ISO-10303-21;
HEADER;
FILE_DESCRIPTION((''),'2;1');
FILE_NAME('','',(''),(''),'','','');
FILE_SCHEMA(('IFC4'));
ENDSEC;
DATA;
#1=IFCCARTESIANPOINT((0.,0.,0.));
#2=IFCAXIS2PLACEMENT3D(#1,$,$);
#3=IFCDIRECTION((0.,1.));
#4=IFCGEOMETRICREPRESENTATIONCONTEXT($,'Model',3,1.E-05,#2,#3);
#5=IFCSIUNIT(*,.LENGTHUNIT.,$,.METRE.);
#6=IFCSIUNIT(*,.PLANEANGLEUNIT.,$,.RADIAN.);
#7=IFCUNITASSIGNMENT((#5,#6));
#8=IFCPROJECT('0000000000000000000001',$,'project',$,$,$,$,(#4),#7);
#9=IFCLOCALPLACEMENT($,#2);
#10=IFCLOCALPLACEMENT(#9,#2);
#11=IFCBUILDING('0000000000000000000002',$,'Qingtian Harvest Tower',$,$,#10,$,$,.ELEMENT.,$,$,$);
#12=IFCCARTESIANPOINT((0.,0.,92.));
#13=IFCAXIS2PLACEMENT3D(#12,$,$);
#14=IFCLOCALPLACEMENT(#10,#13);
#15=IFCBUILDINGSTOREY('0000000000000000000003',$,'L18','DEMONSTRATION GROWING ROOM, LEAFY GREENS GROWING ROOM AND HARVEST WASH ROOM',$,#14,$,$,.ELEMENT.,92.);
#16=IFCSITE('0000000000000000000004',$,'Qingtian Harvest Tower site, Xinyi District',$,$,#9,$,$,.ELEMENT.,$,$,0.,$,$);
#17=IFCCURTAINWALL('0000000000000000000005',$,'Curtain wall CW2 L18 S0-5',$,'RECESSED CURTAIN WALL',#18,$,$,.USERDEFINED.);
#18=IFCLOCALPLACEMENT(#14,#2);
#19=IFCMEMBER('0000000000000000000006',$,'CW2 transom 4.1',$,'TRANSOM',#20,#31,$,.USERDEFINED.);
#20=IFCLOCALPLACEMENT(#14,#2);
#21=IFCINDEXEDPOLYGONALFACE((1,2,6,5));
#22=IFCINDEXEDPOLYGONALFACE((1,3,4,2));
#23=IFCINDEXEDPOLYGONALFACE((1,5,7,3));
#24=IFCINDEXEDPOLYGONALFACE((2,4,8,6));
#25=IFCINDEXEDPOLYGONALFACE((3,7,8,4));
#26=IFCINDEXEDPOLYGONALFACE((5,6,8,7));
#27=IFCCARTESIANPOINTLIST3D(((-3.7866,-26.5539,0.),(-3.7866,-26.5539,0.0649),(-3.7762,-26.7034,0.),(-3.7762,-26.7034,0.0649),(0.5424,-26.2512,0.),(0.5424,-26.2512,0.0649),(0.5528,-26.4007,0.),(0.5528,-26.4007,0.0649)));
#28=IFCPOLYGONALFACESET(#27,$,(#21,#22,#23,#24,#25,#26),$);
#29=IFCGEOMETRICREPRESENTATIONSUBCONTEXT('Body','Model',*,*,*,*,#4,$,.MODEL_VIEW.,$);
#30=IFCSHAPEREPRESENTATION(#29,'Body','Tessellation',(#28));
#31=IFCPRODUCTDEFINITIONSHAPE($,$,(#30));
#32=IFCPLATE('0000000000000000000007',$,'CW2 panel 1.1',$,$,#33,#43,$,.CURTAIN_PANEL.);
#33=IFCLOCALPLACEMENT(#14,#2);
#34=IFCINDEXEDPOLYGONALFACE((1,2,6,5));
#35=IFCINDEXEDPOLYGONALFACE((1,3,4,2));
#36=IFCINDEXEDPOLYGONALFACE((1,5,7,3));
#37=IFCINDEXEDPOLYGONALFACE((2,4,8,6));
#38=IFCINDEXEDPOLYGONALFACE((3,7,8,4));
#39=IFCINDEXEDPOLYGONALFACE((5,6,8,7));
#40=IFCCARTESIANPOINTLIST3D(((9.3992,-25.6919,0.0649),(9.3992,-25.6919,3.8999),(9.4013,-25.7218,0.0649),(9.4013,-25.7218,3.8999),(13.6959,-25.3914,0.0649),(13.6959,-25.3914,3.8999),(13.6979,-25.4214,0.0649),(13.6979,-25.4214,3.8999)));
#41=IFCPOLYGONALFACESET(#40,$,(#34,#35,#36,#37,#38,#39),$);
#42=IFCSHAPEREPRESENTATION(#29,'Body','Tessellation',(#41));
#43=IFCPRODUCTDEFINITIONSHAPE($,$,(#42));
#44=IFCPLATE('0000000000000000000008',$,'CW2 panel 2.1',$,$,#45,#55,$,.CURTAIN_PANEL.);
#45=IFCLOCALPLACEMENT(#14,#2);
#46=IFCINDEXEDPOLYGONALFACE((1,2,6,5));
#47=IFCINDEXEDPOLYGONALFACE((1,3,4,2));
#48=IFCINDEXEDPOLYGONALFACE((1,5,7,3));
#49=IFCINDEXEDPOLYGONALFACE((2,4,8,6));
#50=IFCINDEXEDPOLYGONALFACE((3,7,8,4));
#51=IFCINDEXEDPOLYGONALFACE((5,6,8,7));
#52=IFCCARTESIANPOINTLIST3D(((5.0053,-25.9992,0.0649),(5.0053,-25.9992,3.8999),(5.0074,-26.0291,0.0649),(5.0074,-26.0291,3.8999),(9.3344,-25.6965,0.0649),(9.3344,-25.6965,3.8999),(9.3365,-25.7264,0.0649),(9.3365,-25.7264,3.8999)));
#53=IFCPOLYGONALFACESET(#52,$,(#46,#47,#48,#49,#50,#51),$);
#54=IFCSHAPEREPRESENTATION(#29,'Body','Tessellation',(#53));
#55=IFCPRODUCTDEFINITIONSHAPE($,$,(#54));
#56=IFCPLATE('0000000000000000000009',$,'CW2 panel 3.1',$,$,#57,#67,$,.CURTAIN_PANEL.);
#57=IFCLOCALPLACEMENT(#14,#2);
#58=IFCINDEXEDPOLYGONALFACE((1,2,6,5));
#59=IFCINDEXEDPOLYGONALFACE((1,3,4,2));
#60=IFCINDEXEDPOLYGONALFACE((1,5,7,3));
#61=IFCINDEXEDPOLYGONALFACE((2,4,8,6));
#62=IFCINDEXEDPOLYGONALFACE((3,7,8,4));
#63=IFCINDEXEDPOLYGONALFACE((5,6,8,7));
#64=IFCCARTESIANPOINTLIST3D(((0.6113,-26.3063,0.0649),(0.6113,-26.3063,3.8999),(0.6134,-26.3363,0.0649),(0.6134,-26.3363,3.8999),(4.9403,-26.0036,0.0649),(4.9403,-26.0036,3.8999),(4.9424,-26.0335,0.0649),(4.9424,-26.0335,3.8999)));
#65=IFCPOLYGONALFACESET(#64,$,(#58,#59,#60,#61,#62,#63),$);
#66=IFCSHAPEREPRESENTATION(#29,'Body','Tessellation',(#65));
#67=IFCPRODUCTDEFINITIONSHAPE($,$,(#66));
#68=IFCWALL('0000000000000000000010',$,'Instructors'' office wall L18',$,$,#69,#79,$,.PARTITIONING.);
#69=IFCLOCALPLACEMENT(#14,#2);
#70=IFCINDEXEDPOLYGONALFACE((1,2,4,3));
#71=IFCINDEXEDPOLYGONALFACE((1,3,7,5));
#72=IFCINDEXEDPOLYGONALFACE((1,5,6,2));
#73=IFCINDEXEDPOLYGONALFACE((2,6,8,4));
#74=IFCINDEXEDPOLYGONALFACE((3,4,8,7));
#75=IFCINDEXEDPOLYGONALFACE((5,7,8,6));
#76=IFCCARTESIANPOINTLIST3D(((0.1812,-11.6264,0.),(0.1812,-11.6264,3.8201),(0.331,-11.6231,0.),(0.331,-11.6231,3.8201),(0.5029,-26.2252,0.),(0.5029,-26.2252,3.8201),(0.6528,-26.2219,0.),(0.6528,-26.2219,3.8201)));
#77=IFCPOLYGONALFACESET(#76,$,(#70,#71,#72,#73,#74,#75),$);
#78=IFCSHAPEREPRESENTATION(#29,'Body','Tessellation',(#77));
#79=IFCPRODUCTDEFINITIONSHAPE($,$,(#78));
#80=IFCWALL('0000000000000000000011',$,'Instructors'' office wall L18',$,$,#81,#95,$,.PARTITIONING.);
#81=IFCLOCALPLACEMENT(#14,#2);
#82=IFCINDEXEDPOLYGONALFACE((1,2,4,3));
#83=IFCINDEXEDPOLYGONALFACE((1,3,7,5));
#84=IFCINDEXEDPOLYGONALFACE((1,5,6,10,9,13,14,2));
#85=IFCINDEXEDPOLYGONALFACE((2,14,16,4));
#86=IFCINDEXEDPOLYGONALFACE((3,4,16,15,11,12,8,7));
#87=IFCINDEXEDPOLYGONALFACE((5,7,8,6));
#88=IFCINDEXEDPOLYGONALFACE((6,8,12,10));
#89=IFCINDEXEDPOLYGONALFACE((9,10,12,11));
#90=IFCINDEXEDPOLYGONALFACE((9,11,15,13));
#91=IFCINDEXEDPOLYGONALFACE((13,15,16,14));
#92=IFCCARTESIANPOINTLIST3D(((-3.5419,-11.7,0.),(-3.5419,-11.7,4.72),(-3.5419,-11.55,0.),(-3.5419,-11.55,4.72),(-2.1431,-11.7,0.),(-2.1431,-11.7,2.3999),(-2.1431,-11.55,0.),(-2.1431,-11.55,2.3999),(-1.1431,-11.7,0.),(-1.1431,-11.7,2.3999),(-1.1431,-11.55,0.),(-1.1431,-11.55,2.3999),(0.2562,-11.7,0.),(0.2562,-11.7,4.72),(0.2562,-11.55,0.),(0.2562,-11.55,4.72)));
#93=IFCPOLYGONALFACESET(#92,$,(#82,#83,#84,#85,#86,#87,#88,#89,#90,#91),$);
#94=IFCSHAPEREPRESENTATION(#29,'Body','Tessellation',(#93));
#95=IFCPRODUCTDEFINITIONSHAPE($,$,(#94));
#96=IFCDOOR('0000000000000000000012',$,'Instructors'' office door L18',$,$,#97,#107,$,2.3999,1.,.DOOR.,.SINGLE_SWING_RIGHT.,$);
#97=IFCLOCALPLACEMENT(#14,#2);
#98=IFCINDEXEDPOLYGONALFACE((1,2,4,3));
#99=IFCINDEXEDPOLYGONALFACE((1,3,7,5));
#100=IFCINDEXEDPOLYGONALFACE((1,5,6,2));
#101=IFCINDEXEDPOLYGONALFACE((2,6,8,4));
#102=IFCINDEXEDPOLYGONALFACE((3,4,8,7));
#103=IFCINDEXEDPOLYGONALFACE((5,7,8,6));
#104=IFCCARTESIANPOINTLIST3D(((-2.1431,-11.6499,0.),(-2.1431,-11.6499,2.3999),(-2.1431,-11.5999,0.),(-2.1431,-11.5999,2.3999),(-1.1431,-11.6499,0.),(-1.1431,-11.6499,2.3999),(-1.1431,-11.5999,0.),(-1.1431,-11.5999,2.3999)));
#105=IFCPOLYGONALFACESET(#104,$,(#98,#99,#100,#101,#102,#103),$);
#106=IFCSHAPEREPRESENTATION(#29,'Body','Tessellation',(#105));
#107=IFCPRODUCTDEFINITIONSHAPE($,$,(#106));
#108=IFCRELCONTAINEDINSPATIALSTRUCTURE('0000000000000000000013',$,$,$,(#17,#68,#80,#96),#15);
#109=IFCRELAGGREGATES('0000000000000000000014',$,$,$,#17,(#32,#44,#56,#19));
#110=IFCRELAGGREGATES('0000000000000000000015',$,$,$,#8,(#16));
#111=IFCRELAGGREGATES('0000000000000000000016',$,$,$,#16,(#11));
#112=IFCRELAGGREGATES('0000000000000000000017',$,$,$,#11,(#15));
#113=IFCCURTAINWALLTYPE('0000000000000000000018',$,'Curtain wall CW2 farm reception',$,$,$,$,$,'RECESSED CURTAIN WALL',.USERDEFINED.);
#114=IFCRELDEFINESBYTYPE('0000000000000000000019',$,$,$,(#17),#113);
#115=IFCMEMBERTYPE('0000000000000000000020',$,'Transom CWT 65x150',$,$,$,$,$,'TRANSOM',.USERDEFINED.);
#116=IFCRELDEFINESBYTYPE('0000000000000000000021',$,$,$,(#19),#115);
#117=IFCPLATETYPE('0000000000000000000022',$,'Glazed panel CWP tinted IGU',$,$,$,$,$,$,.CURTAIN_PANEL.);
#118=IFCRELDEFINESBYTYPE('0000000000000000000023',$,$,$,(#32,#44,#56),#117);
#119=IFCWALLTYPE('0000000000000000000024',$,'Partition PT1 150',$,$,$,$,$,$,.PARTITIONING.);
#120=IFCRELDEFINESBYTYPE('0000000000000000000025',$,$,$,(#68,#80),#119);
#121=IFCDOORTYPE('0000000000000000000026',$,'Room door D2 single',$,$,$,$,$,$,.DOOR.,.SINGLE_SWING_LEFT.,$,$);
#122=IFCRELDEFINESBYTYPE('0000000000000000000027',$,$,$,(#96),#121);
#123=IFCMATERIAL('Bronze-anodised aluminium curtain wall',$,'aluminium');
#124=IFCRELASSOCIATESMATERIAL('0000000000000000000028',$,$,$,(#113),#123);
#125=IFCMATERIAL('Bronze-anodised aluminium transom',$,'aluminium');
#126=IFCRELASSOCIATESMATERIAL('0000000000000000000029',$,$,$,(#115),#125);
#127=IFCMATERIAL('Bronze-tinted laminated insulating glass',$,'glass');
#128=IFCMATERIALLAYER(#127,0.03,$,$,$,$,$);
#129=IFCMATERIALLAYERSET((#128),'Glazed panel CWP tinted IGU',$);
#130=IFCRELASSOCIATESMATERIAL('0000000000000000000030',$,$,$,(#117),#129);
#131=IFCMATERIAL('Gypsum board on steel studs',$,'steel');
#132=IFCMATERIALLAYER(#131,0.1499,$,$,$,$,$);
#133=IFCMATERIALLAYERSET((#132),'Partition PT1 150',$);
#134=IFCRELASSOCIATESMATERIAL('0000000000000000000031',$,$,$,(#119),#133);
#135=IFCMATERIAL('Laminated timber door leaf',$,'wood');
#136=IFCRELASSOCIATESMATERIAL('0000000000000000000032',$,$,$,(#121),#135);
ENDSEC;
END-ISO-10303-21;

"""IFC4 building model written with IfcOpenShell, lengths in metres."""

from ifc_helpers import new_model, si_unit, direction, frame, frame_2d, origin, origin_2d, place, context, subcontext, project, spatial, rectangle, extrude, material, layer, layer_set, material_profile, profile_set, type_object, element, fill, aggregate, save


model = new_model("IFC4")

# Units and contexts
model_context = context("Model", 3, precision=1e-05, world=origin(), true_north=direction((0.0, 1.0)))
body_context = subcontext(model_context, "Body", "Model", "MODEL_VIEW")
ifc_project = project(units=[si_unit("LENGTHUNIT", "METRE"), si_unit("PLANEANGLEUNIT", "RADIAN")], contexts=[model_context])

# Site, building, storey
site_placement = place(None, origin())
site = spatial("IfcSite", under=ifc_project, at=site_placement, Name="Qingtian Harvest Tower site, Xinyi District", CompositionType="ELEMENT", RefElevation=0.0)
building_placement = place(site_placement, origin())
building = spatial("IfcBuilding", under=site, at=building_placement, Name="Qingtian Harvest Tower", CompositionType="ELEMENT")
storey_placement = place(building_placement, frame((0.0, 0.0, 92.0)))
storey = spatial("IfcBuildingStorey", under=building, at=storey_placement, Name="L18", Description="DEMONSTRATION GROWING ROOM, LEAFY GREENS GROWING ROOM AND HARVEST WASH ROOM", CompositionType="ELEMENT", Elevation=92.0)

# Shared definitions
ifc_material_1 = material(Name="Bronze-anodised aluminium curtain wall", Category="aluminium")
curtain_wall_type = type_object("IfcCurtainWallType", Name="Curtain wall CW2 farm reception", ElementType="RECESSED CURTAIN WALL", PredefinedType="USERDEFINED", material=ifc_material_1)

# Curtain wall
curtain_wall_1_placement = place(storey_placement, origin())
curtain_wall_1 = element("IfcCurtainWall", 1, at=curtain_wall_1_placement, inside=storey, type_object=curtain_wall_type, Name="Curtain wall CW2 L18 S0-5", ObjectType="RECESSED CURTAIN WALL", PredefinedType="USERDEFINED")

# Member
ifc_material_2 = material(Name="Bronze-anodised aluminium transom", Category="aluminium")
ifc_material_profile_1 = material_profile(ifc_material_2, rectangle(XDim=0.1499, YDim=0.0649, at=origin_2d()), Name="AL 65x150")
ifc_profile_set_1 = profile_set([ifc_material_profile_1], Name="Bronze-anodised aluminium transom")
member_type_1 = type_object("IfcMemberType", Name="Transom CWT 65x150", ElementType="TRANSOM", PredefinedType="USERDEFINED", material=ifc_profile_set_1)
member_1_placement = place(storey_placement, frame((0.5476, -26.3259, 0.0325), z_axis=(-0.997564, -0.06976, 0.0), x_axis=(0.06976, -0.997564, 0.0)))
member_1 = element("IfcMember", 2, at=member_1_placement, type_object=member_type_1, Name="CW2 transom 4.1", ObjectType="TRANSOM", PredefinedType="USERDEFINED", context=body_context, shape_type="SweptSolid", body=[
    extrude(rectangle(XDim=0.1499, YDim=0.0649, at=origin_2d()), origin(), (0.0, 0.0, 1.0), 4.3396),
])

# Plates
ifc_material_3 = material(Name="Bronze-tinted laminated insulating glass", Category="glass")
ifc_layer_1 = layer(ifc_material_3, 0.03)
ifc_layer_set_1 = layer_set([ifc_layer_1], Name="Glazed panel CWP tinted IGU")
plate_type = type_object("IfcPlateType", Name="Glazed panel CWP tinted IGU", PredefinedType="CURTAIN_PANEL", material=ifc_layer_set_1)
plate_1_placement = place(storey_placement, frame((11.5486, -25.5566, 0.0649), z_axis=(0.0, 0.0, 1.0), x_axis=(-0.997564, -0.069756, 0.0)))
plate_1 = element("IfcPlate", 3, at=plate_1_placement, type_object=plate_type, Name="CW2 panel 1.1", PredefinedType="CURTAIN_PANEL", context=body_context, shape_type="SweptSolid", body=[
    extrude(rectangle(XDim=4.3071, YDim=0.03, at=origin_2d()), origin(), (0.0, 0.0, 1.0), 3.835),
])
plate_2_placement = place(storey_placement, frame((7.1709, -25.8628, 0.0649), z_axis=(0.0, 0.0, 1.0), x_axis=(-0.997564, -0.069756, 0.0)))
plate_2 = element("IfcPlate", 4, at=plate_2_placement, type_object=plate_type, Name="CW2 panel 2.1", PredefinedType="CURTAIN_PANEL", context=body_context, shape_type="SweptSolid", body=[
    extrude(rectangle(XDim=4.3396, YDim=0.03, at=origin_2d()), origin(), (0.0, 0.0, 1.0), 3.835),
])
plate_3_placement = place(storey_placement, frame((2.7769, -26.1699, 0.0649), z_axis=(0.0, 0.0, 1.0), x_axis=(-0.997564, -0.069756, 0.0)))
plate_3 = element("IfcPlate", 5, at=plate_3_placement, type_object=plate_type, Name="CW2 panel 3.1", PredefinedType="CURTAIN_PANEL", context=body_context, shape_type="SweptSolid", body=[
    extrude(rectangle(XDim=4.3396, YDim=0.03, at=origin_2d()), origin(), (0.0, 0.0, 1.0), 3.835),
])
aggregate(curtain_wall_1, [plate_1, plate_2, plate_3, member_1])

# Wall
ifc_material_4 = material(Name="Gypsum board on steel studs", Category="steel")
ifc_layer_2 = layer(ifc_material_4, 0.1499)
ifc_layer_set_2 = layer_set([ifc_layer_2], Name="Partition PT1 150")
wall_type = type_object("IfcWallType", Name="Partition PT1 150", PredefinedType="PARTITIONING", material=ifc_layer_set_2)
wall_1_placement = place(storey_placement, frame((0.5779, -26.2236, 0.0), z_axis=(0.0, 0.0, 1.0), x_axis=(-0.022036, 0.999757, 0.0)))
element("IfcWall", 6, at=wall_1_placement, inside=storey, type_object=wall_type, Name="Instructors' office wall L18", PredefinedType="PARTITIONING", context=body_context, shape_type="SweptSolid", body=[
    extrude(rectangle(XDim=14.6023, YDim=0.1499, at=frame_2d((7.3013, 0.0))), origin(), (0.0, 0.0, 1.0), 3.8201),
])

# Wall, opening, door
wall_2_placement = place(storey_placement, frame((0.2561, -11.625, 0.0), z_axis=(0.0, 0.0, 1.0), x_axis=(-1.0, 0.0, 0.0)))
wall_2 = element("IfcWall", 7, at=wall_2_placement, inside=storey, type_object=wall_type, Name="Instructors' office wall L18", PredefinedType="PARTITIONING", context=body_context, shape_type="SweptSolid", body=[
    extrude(rectangle(XDim=3.7981, YDim=0.1499, at=frame_2d((1.8989, 0.0))), origin(), (0.0, 0.0, 1.0), 4.72),
])
opening_placement = place(wall_2_placement, frame((1.3992, 0.0, 0.0)))
opening = element("IfcOpeningElement", 8, at=opening_placement, cuts=wall_2, PredefinedType="OPENING", context=body_context, shape_type="SweptSolid", body=[
    extrude(rectangle(XDim=1.0, YDim=2.3999, at=frame_2d((0.5, 1.2))), frame((0.0, 0.085, 0.0), z_axis=(0.0, -1.0, 0.0), x_axis=(1.0, 0.0, 0.0)), (0.0, 0.0, 1.0), 0.1699),
])
ifc_material_5 = material(Name="Laminated timber door leaf", Category="wood")
door_type = type_object("IfcDoorType", Name="Room door D2 single", OperationType="SINGLE_SWING_LEFT", PredefinedType="DOOR", material=ifc_material_5)
door_placement = place(opening_placement, origin())
door = element("IfcDoor", 9, at=door_placement, inside=storey, type_object=door_type, Name="Instructors' office door L18", OperationType="SINGLE_SWING_RIGHT", OverallHeight=2.3999, OverallWidth=1.0, PredefinedType="DOOR", context=body_context, shape_type="SweptSolid", body=[
    extrude(rectangle(XDim=1.0, YDim=2.3999, at=frame_2d((0.5, 1.2))), frame((0.0, 0.0249, 0.0), z_axis=(0.0, -1.0, 0.0), x_axis=(1.0, 0.0, 0.0)), (0.0, 0.0, 1.0), 0.05),
])
fill(opening, door)

save(model, "model.ifc")
